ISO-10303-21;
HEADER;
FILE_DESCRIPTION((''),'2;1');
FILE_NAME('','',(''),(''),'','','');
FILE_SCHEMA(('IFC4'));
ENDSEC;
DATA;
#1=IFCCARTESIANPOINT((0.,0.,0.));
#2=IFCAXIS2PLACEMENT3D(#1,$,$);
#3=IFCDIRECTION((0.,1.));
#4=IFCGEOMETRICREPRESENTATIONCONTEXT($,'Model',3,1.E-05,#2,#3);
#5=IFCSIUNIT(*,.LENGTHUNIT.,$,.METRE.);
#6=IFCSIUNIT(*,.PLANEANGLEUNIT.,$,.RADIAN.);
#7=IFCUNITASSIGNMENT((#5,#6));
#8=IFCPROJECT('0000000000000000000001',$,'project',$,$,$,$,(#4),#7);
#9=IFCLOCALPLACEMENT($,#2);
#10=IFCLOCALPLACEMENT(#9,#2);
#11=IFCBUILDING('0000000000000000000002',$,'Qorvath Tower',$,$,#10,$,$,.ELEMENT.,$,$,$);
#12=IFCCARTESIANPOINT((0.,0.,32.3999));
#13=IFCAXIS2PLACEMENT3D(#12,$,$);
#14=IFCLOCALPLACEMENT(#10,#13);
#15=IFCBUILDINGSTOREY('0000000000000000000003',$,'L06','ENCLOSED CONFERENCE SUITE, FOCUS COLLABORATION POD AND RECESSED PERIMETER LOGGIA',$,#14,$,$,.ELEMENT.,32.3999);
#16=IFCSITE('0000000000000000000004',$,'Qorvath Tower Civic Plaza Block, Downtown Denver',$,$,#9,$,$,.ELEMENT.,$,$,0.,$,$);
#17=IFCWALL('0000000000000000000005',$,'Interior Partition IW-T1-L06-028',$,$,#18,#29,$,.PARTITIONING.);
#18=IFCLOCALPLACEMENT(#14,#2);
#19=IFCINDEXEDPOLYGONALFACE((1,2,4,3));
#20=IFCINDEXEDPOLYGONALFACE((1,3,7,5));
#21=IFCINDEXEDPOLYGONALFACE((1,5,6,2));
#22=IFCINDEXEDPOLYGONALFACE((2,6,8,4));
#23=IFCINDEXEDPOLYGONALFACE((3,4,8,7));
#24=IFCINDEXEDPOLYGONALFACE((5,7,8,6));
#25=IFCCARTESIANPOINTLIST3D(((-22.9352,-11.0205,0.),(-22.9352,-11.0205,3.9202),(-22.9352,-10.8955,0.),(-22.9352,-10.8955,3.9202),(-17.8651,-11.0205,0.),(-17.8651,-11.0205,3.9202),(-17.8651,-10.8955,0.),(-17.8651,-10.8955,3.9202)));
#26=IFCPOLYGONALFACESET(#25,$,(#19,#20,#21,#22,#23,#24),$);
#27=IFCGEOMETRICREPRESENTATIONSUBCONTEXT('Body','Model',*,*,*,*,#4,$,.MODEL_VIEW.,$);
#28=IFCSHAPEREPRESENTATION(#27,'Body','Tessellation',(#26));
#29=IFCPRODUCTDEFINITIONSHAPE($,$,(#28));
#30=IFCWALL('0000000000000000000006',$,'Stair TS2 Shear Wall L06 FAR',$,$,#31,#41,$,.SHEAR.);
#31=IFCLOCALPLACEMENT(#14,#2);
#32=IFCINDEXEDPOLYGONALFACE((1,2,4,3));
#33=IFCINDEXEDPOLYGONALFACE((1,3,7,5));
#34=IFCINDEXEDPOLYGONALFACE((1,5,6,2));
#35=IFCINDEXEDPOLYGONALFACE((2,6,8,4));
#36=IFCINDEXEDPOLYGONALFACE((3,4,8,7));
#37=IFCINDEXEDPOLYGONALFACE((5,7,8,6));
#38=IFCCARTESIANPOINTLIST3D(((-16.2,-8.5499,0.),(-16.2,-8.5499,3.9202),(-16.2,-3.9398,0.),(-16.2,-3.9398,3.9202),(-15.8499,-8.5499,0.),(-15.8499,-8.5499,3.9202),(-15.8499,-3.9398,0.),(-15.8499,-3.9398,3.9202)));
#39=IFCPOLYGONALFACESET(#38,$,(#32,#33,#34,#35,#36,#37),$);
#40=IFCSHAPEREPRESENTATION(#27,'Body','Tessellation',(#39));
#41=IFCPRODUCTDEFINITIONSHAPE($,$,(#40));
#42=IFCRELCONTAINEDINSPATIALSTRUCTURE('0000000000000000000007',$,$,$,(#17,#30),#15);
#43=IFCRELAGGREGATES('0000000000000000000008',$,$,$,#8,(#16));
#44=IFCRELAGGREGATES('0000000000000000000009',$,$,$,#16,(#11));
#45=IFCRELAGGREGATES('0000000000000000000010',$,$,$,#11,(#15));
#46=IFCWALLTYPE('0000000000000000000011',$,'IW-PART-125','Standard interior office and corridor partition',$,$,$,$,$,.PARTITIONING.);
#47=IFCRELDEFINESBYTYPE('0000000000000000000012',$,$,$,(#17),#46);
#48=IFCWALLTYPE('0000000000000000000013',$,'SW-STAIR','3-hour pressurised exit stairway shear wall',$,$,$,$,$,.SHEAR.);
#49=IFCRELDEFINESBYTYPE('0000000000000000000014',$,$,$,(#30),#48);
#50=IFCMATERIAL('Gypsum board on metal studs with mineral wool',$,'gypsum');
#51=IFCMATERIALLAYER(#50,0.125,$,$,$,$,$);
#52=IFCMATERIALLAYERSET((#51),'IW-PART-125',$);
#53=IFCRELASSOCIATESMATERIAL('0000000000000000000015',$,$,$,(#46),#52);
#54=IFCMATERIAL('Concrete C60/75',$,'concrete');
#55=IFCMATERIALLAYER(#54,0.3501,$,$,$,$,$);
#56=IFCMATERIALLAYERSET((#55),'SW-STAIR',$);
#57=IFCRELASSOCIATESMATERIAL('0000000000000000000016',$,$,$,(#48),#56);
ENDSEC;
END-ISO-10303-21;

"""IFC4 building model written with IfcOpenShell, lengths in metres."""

from ifc_helpers import new_model, si_unit, direction, frame, frame_2d, origin, place, context, subcontext, project, spatial, rectangle, extrude, material, layer, layer_set, type_object, element, save


model = new_model("IFC4")

# Units and contexts
model_context = context("Model", 3, precision=1e-05, world=origin(), true_north=direction((0.0, 1.0)))
body_context = subcontext(model_context, "Body", "Model", "MODEL_VIEW")
ifc_project = project(units=[si_unit("LENGTHUNIT", "METRE"), si_unit("PLANEANGLEUNIT", "RADIAN")], contexts=[model_context])

# Site, building, storey
site_placement = place(None, origin())
site = spatial("IfcSite", under=ifc_project, at=site_placement, Name="Qorvath Tower Civic Plaza Block, Downtown Denver", CompositionType="ELEMENT", RefElevation=0.0)
building_placement = place(site_placement, origin())
building = spatial("IfcBuilding", under=site, at=building_placement, Name="Qorvath Tower", CompositionType="ELEMENT")
storey_placement = place(building_placement, frame((0.0, 0.0, 32.3999)))
storey = spatial("IfcBuildingStorey", under=building, at=storey_placement, Name="L06", Description="ENCLOSED CONFERENCE SUITE, FOCUS COLLABORATION POD AND RECESSED PERIMETER LOGGIA", CompositionType="ELEMENT", Elevation=32.3999)

# Walls
ifc_material_1 = material(Name="Gypsum board on metal studs with mineral wool", Category="gypsum")
ifc_layer_1 = layer(ifc_material_1, 0.125)
ifc_layer_set_1 = layer_set([ifc_layer_1], Name="IW-PART-125")
wall_type_1 = type_object("IfcWallType", Name="IW-PART-125", Description="Standard interior office and corridor partition", PredefinedType="PARTITIONING", material=ifc_layer_set_1)
wall_1_placement = place(storey_placement, frame((-17.865, -10.958, 0.0), z_axis=(0.0, 0.0, 1.0), x_axis=(-1.0, 0.0, 0.0)))
element("IfcWall", 1, at=wall_1_placement, inside=storey, type_object=wall_type_1, Name="Interior Partition IW-T1-L06-028", PredefinedType="PARTITIONING", context=body_context, shape_type="SweptSolid", body=[
    extrude(rectangle(XDim=5.0701, YDim=0.125, at=frame_2d((2.5352, 0.0))), origin(), (0.0, 0.0, 1.0), 3.9202),
])
ifc_material_2 = material(Name="Concrete C60/75", Category="concrete")
ifc_layer_2 = layer(ifc_material_2, 0.3501)
ifc_layer_set_2 = layer_set([ifc_layer_2], Name="SW-STAIR")
wall_type_2 = type_object("IfcWallType", Name="SW-STAIR", Description="3-hour pressurised exit stairway shear wall", PredefinedType="SHEAR", material=ifc_layer_set_2)
wall_2_placement = place(storey_placement, frame((-16.0249, -8.55, 0.0), z_axis=(0.0, 0.0, 1.0), x_axis=(0.0, 1.0, 0.0)))
element("IfcWall", 2, at=wall_2_placement, inside=storey, type_object=wall_type_2, Name="Stair TS2 Shear Wall L06 FAR", PredefinedType="SHEAR", context=body_context, shape_type="SweptSolid", body=[
    extrude(rectangle(XDim=4.6101, YDim=0.3501, at=frame_2d((2.3052, 0.0))), origin(), (0.0, 0.0, 1.0), 3.9202),
])

save(model, "model.ifc")
